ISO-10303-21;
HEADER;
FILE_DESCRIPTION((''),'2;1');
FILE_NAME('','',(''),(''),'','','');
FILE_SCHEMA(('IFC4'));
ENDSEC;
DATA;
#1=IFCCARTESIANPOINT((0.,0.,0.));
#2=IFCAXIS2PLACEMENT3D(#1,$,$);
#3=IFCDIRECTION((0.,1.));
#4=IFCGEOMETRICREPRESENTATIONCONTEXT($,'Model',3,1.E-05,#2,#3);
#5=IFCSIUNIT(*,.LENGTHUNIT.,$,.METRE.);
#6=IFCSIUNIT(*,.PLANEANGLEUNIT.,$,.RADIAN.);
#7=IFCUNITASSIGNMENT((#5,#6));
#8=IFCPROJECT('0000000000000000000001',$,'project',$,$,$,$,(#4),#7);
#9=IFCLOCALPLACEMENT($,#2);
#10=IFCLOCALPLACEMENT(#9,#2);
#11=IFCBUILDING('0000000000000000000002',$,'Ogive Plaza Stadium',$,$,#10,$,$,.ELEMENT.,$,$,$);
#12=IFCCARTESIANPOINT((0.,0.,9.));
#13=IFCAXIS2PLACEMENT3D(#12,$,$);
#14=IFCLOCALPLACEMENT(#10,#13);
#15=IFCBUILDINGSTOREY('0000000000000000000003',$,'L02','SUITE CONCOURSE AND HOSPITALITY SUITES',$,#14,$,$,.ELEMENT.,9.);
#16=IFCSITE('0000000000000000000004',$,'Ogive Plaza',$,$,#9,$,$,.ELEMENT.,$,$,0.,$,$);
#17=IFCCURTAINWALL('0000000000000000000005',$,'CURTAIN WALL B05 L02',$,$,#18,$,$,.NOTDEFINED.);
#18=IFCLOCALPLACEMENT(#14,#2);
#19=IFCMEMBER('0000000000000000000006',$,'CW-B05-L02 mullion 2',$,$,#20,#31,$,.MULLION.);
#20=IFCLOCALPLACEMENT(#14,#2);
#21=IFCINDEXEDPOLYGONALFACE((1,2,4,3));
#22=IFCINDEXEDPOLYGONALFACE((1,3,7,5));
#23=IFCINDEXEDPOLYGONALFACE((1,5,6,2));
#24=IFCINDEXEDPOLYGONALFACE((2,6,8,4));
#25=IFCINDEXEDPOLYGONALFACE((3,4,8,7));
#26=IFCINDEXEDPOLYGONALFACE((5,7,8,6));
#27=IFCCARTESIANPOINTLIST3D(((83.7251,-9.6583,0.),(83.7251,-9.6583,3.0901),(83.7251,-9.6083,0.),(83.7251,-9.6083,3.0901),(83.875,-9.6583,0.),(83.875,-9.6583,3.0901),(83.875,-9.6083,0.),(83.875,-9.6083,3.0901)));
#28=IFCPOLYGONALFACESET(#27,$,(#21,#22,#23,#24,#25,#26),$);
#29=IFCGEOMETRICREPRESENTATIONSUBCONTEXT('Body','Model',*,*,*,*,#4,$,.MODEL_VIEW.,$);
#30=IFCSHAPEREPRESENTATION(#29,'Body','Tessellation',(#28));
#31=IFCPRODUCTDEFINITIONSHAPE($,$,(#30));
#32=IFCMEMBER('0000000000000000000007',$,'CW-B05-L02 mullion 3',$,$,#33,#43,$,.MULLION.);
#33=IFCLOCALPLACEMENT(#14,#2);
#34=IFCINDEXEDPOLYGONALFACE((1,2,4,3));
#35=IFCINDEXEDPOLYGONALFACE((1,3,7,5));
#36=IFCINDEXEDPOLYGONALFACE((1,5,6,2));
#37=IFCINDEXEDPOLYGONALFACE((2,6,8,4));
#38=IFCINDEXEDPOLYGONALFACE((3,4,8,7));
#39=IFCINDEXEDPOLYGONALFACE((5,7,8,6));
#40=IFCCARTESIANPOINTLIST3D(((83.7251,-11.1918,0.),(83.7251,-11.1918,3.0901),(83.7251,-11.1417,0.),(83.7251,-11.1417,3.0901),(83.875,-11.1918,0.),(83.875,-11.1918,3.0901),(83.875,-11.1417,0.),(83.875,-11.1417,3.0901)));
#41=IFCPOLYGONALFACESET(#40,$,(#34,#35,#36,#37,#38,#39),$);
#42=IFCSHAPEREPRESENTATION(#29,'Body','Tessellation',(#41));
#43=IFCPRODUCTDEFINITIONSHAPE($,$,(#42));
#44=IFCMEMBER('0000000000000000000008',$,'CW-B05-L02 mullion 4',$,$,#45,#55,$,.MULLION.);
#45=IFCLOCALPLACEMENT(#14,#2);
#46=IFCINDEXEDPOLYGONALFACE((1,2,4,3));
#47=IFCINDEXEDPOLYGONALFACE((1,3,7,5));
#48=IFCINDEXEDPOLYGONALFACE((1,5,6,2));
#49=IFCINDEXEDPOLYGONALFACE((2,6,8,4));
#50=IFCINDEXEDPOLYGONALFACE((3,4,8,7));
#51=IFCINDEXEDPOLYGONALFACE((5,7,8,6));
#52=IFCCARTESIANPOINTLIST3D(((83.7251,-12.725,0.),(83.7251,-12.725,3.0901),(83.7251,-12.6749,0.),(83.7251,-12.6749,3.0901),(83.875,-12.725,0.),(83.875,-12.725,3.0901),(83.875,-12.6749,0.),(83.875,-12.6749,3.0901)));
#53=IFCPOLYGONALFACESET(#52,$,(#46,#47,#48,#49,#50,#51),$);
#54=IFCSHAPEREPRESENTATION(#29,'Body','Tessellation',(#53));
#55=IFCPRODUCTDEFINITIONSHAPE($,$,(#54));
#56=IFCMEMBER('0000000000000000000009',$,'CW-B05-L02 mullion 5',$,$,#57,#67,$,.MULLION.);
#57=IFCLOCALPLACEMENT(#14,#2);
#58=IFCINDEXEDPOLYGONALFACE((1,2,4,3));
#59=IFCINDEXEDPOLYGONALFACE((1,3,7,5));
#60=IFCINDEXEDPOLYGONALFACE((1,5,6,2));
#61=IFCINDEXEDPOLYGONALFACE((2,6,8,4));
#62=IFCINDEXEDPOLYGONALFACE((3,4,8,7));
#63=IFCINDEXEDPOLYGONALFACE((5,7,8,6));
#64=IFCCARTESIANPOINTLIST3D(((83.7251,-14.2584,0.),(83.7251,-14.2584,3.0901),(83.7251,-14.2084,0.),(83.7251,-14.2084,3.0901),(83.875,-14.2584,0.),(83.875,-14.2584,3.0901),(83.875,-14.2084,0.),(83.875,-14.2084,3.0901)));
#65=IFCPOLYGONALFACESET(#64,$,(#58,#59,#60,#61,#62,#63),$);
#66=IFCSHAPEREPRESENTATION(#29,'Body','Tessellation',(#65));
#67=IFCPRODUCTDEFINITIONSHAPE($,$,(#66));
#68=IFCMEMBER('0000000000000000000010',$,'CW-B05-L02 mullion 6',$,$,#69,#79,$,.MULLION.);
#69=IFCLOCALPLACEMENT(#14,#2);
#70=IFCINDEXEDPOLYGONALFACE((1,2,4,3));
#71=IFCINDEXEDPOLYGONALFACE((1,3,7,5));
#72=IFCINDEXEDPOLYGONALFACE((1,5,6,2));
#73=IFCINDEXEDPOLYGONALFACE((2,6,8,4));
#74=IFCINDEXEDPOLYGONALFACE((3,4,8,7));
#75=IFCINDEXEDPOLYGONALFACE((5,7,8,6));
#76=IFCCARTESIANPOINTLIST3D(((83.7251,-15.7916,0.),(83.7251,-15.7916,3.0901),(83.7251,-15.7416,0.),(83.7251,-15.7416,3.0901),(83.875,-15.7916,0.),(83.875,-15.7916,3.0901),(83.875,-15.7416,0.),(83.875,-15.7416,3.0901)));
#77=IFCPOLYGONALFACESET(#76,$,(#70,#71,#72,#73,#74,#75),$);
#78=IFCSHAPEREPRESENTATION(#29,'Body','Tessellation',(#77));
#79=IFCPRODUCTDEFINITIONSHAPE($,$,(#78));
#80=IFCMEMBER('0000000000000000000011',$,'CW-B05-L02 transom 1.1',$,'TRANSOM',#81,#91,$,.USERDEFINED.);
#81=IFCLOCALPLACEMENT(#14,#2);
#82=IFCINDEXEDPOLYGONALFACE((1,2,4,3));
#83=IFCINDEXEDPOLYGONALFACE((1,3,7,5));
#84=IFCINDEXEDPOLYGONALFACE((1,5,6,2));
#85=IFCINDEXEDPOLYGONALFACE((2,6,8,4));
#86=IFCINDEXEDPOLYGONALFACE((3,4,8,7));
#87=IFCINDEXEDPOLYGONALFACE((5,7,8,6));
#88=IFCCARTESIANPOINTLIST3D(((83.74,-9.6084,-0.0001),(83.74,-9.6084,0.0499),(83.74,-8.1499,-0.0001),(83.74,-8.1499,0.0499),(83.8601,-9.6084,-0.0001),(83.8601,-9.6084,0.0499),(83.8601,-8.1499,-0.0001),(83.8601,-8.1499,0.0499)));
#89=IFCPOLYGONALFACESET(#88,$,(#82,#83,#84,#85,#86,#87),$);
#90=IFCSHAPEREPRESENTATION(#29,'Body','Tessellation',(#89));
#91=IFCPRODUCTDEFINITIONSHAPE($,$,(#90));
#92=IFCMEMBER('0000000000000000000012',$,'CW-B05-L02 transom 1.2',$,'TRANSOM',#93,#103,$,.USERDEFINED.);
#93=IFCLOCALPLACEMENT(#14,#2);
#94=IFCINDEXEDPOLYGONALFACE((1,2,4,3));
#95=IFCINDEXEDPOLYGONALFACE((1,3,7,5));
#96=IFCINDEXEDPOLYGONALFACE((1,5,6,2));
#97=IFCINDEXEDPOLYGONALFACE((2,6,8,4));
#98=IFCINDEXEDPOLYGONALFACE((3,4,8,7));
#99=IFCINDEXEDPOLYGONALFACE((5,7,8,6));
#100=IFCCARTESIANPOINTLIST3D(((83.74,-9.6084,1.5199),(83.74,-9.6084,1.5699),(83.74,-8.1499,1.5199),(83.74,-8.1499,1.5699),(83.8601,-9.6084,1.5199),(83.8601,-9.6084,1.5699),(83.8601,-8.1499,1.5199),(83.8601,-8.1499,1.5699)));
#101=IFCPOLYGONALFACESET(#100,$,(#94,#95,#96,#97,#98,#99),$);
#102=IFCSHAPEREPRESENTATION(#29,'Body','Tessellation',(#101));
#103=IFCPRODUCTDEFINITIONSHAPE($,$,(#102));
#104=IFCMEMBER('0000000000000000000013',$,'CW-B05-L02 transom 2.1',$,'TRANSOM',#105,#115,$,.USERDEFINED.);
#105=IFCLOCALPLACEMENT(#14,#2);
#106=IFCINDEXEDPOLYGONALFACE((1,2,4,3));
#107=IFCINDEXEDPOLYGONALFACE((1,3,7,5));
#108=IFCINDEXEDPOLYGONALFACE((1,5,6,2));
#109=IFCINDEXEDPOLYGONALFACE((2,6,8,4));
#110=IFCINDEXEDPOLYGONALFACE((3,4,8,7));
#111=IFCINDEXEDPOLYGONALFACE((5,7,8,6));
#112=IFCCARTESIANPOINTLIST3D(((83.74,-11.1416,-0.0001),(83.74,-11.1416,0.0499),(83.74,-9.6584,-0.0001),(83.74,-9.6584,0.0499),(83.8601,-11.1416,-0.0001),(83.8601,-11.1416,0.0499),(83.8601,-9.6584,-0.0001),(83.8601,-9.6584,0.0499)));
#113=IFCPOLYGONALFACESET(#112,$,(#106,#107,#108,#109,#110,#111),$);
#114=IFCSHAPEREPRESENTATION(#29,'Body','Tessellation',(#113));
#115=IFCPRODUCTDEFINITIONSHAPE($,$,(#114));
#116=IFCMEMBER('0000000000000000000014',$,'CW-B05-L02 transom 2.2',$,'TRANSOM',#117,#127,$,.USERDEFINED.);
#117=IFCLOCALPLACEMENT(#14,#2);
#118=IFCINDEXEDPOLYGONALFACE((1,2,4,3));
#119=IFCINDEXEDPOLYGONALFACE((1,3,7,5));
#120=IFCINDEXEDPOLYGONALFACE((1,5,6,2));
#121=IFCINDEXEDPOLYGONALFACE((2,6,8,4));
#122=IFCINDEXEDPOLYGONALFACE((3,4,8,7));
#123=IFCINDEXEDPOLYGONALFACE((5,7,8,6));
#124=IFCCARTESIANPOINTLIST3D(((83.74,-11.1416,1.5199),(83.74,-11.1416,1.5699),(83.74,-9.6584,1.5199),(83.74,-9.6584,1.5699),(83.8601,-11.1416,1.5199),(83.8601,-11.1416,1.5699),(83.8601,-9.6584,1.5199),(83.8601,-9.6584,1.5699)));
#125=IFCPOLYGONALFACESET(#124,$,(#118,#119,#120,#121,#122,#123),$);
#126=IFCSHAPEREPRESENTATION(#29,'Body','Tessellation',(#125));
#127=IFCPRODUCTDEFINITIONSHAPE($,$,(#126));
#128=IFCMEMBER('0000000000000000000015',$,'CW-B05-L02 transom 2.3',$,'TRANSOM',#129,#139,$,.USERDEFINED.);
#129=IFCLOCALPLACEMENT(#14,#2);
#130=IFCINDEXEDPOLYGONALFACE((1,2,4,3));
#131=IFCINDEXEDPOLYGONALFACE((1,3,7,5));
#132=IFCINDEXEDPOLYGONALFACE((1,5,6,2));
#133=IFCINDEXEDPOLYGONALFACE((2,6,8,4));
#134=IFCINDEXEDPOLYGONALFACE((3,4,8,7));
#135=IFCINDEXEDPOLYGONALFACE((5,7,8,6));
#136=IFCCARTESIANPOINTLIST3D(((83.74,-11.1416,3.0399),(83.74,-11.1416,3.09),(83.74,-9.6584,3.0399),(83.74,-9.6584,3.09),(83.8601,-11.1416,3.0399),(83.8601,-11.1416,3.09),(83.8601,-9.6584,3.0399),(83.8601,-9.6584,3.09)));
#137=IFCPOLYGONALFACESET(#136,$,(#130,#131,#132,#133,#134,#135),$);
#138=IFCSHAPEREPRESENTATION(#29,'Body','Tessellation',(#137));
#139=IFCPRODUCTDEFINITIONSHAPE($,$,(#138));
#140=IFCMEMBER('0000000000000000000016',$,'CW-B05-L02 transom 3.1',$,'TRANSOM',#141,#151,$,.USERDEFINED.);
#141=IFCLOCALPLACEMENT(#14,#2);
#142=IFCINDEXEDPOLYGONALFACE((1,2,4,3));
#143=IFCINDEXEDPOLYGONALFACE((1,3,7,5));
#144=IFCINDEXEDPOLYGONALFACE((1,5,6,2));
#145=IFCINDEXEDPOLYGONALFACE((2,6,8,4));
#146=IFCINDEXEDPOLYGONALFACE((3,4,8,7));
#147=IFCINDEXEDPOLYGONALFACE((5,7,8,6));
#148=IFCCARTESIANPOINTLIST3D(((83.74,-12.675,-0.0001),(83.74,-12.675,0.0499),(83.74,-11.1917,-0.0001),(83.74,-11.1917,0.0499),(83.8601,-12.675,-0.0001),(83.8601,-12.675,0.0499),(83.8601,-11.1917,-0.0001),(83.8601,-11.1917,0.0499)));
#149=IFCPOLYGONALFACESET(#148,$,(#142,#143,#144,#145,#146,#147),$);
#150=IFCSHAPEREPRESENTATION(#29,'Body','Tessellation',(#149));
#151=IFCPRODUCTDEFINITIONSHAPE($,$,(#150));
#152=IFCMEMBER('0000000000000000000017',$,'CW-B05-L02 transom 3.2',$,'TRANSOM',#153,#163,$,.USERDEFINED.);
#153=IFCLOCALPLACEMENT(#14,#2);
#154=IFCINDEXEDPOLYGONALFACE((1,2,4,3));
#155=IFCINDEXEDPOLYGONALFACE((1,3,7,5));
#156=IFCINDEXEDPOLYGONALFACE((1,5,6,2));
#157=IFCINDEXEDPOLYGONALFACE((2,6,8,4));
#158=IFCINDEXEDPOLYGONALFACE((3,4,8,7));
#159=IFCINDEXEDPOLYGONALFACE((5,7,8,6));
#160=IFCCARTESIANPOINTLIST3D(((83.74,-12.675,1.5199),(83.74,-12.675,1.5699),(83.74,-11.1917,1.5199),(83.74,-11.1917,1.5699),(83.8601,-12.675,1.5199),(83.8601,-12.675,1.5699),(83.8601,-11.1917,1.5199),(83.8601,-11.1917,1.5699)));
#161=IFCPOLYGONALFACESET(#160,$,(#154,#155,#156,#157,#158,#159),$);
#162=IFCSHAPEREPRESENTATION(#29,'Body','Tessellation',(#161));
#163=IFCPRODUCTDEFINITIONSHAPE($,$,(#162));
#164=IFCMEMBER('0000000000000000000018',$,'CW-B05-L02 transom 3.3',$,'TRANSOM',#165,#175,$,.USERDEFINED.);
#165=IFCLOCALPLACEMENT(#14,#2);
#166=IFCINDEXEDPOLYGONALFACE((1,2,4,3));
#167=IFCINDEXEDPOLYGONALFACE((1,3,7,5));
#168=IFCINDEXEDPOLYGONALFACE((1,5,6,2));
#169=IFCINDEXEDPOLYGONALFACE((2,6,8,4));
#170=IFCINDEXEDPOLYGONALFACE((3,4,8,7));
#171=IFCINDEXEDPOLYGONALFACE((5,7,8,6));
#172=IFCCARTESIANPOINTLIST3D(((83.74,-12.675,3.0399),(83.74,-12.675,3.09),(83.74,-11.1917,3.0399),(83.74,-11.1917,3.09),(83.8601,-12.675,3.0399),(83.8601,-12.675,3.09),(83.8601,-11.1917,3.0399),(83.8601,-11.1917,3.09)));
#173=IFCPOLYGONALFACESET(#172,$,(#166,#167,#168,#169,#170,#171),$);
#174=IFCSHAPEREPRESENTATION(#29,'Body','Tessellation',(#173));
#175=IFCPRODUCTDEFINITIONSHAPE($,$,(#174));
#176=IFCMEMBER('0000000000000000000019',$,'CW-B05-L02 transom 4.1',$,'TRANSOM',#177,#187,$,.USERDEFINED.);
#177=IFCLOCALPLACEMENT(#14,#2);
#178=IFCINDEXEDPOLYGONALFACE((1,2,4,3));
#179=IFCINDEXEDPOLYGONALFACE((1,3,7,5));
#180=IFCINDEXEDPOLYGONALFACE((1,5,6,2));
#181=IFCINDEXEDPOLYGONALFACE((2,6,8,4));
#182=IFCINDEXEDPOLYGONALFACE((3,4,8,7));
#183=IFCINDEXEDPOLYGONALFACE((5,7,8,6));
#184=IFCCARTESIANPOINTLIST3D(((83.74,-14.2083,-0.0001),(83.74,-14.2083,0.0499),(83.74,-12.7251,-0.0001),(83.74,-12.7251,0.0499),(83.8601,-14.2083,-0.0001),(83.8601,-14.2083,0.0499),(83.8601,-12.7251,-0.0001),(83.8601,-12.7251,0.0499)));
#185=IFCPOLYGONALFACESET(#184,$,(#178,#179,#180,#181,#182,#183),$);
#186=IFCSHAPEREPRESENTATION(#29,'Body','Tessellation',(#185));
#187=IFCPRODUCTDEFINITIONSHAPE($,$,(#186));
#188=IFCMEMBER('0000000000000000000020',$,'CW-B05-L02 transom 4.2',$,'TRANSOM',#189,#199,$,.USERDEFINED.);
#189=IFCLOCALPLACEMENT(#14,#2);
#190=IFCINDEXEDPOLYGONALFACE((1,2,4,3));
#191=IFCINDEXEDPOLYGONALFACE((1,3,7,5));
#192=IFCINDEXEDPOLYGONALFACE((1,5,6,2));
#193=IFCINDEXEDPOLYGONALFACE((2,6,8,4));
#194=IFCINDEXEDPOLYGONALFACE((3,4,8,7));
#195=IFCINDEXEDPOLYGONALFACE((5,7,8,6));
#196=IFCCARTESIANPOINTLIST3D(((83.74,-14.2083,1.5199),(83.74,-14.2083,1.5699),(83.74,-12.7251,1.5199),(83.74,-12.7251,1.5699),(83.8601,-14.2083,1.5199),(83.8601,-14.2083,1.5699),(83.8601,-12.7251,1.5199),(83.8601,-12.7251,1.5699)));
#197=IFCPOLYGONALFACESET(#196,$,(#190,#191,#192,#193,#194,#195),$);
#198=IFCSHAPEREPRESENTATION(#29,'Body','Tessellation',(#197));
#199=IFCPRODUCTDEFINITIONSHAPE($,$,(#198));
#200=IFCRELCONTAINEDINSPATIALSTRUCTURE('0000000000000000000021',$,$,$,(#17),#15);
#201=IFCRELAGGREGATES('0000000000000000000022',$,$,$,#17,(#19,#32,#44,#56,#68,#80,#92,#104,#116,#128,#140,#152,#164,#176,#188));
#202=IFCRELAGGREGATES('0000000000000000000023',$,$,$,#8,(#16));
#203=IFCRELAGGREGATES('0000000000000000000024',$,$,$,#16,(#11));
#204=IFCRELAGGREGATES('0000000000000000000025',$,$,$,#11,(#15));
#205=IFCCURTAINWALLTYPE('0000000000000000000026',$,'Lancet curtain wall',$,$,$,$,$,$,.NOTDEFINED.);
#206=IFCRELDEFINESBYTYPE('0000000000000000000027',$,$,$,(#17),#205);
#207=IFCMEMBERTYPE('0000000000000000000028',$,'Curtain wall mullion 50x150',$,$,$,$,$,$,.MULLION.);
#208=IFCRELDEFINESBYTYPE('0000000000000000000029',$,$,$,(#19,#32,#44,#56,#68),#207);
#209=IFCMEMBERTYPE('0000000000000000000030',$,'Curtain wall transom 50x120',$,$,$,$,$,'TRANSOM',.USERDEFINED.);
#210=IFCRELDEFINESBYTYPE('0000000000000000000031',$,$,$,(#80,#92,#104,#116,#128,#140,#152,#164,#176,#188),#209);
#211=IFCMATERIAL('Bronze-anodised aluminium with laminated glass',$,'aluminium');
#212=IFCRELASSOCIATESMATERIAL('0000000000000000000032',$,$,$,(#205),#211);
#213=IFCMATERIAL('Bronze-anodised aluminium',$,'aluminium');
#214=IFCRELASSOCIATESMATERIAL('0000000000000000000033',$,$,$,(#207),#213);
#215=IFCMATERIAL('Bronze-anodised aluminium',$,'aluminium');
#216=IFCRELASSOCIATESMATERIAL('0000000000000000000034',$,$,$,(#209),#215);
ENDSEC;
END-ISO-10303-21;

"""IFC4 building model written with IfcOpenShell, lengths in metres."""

from ifc_helpers import new_model, si_unit, direction, frame, origin, origin_2d, place, context, subcontext, project, spatial, rectangle, extrude, material, material_profile, profile_set, type_object, element, aggregate, save


model = new_model("IFC4")

# Units and contexts
model_context = context("Model", 3, precision=1e-05, world=origin(), true_north=direction((0.0, 1.0)))
body_context = subcontext(model_context, "Body", "Model", "MODEL_VIEW")
ifc_project = project(units=[si_unit("LENGTHUNIT", "METRE"), si_unit("PLANEANGLEUNIT", "RADIAN")], contexts=[model_context])

# Site, building, storey
site_placement = place(None, origin())
site = spatial("IfcSite", under=ifc_project, at=site_placement, Name="Ogive Plaza", CompositionType="ELEMENT", RefElevation=0.0)
building_placement = place(site_placement, origin())
building = spatial("IfcBuilding", under=site, at=building_placement, Name="Ogive Plaza Stadium", CompositionType="ELEMENT")
storey_placement = place(building_placement, frame((0.0, 0.0, 9.0)))
storey = spatial("IfcBuildingStorey", under=building, at=storey_placement, Name="L02", Description="SUITE CONCOURSE AND HOSPITALITY SUITES", CompositionType="ELEMENT", Elevation=9.0)

# Curtain wall, members
ifc_material_1 = material(Name="Bronze-anodised aluminium with laminated glass", Category="aluminium")
curtain_wall_type = type_object("IfcCurtainWallType", Name="Lancet curtain wall", PredefinedType="NOTDEFINED", material=ifc_material_1)
curtain_wall_placement = place(storey_placement, origin())
curtain_wall = element("IfcCurtainWall", 1, at=curtain_wall_placement, inside=storey, type_object=curtain_wall_type, Name="CURTAIN WALL B05 L02", PredefinedType="NOTDEFINED")
ifc_material_2 = material(Name="Bronze-anodised aluminium", Category="aluminium")
ifc_material_profile_1 = material_profile(ifc_material_2, rectangle(XDim=0.1499, YDim=0.05, at=origin_2d()), Name="AL 150x50")
ifc_profile_set_1 = profile_set([ifc_material_profile_1], Name="Bronze-anodised aluminium")
member_type_1 = type_object("IfcMemberType", Name="Curtain wall mullion 50x150", PredefinedType="MULLION", material=ifc_profile_set_1)
member_1_placement = place(storey_placement, frame((83.8, -9.6333, 0.0), z_axis=(0.0, 0.0, 1.0), x_axis=(1.0, 0.0, 0.0)))
member_1 = element("IfcMember", 2, at=member_1_placement, type_object=member_type_1, Name="CW-B05-L02 mullion 2", PredefinedType="MULLION", context=body_context, shape_type="SweptSolid", body=[
    extrude(rectangle(XDim=0.1499, YDim=0.05, at=origin_2d()), origin(), (0.0, 0.0, 1.0), 3.0901),
])
member_2_placement = place(storey_placement, frame((83.8, -11.1667, 0.0), z_axis=(0.0, 0.0, 1.0), x_axis=(1.0, 0.0, 0.0)))
member_2 = element("IfcMember", 3, at=member_2_placement, type_object=member_type_1, Name="CW-B05-L02 mullion 3", PredefinedType="MULLION", context=body_context, shape_type="SweptSolid", body=[
    extrude(rectangle(XDim=0.1499, YDim=0.05, at=origin_2d()), origin(), (0.0, 0.0, 1.0), 3.0901),
])
member_3_placement = place(storey_placement, frame((83.8, -12.7, 0.0), z_axis=(0.0, 0.0, 1.0), x_axis=(1.0, 0.0, 0.0)))
member_3 = element("IfcMember", 4, at=member_3_placement, type_object=member_type_1, Name="CW-B05-L02 mullion 4", PredefinedType="MULLION", context=body_context, shape_type="SweptSolid", body=[
    extrude(rectangle(XDim=0.1499, YDim=0.05, at=origin_2d()), origin(), (0.0, 0.0, 1.0), 3.0901),
])
member_4_placement = place(storey_placement, frame((83.8, -14.2334, 0.0), z_axis=(0.0, 0.0, 1.0), x_axis=(1.0, 0.0, 0.0)))
member_4 = element("IfcMember", 5, at=member_4_placement, type_object=member_type_1, Name="CW-B05-L02 mullion 5", PredefinedType="MULLION", context=body_context, shape_type="SweptSolid", body=[
    extrude(rectangle(XDim=0.1499, YDim=0.05, at=origin_2d()), origin(), (0.0, 0.0, 1.0), 3.0901),
])
member_5_placement = place(storey_placement, frame((83.8, -15.7666, 0.0), z_axis=(0.0, 0.0, 1.0), x_axis=(1.0, 0.0, 0.0)))
member_5 = element("IfcMember", 6, at=member_5_placement, type_object=member_type_1, Name="CW-B05-L02 mullion 6", PredefinedType="MULLION", context=body_context, shape_type="SweptSolid", body=[
    extrude(rectangle(XDim=0.1499, YDim=0.05, at=origin_2d()), origin(), (0.0, 0.0, 1.0), 3.0901),
])
ifc_material_3 = material(Name="Bronze-anodised aluminium", Category="aluminium")
ifc_material_profile_2 = material_profile(ifc_material_3, rectangle(XDim=0.1201, YDim=0.05, at=origin_2d()), Name="AL 120x50")
ifc_profile_set_2 = profile_set([ifc_material_profile_2], Name="Bronze-anodised aluminium")
member_type_2 = type_object("IfcMemberType", Name="Curtain wall transom 50x120", ElementType="TRANSOM", PredefinedType="USERDEFINED", material=ifc_profile_set_2)
member_6_placement = place(storey_placement, frame((83.8, -8.1499, 0.0249), z_axis=(0.0, -1.0, 0.0), x_axis=(1.0, 0.0, 0.0)))
member_6 = element("IfcMember", 7, at=member_6_placement, type_object=member_type_2, Name="CW-B05-L02 transom 1.1", ObjectType="TRANSOM", PredefinedType="USERDEFINED", context=body_context, shape_type="SweptSolid", body=[
    extrude(rectangle(XDim=0.1201, YDim=0.05, at=origin_2d()), origin(), (0.0, 0.0, 1.0), 1.4585),
])
member_7_placement = place(storey_placement, frame((83.8, -8.1499, 1.5449), z_axis=(0.0, -1.0, 0.0), x_axis=(1.0, 0.0, 0.0)))
member_7 = element("IfcMember", 8, at=member_7_placement, type_object=member_type_2, Name="CW-B05-L02 transom 1.2", ObjectType="TRANSOM", PredefinedType="USERDEFINED", context=body_context, shape_type="SweptSolid", body=[
    extrude(rectangle(XDim=0.1201, YDim=0.05, at=origin_2d()), origin(), (0.0, 0.0, 1.0), 1.4585),
])
member_8_placement = place(storey_placement, frame((83.8, -9.6584, 0.0249), z_axis=(0.0, -1.0, 0.0), x_axis=(1.0, 0.0, 0.0)))
member_8 = element("IfcMember", 9, at=member_8_placement, type_object=member_type_2, Name="CW-B05-L02 transom 2.1", ObjectType="TRANSOM", PredefinedType="USERDEFINED", context=body_context, shape_type="SweptSolid", body=[
    extrude(rectangle(XDim=0.1201, YDim=0.05, at=origin_2d()), origin(), (0.0, 0.0, 1.0), 1.4832),
])
member_9_placement = place(storey_placement, frame((83.8, -9.6584, 1.5449), z_axis=(0.0, -1.0, 0.0), x_axis=(1.0, 0.0, 0.0)))
member_9 = element("IfcMember", 10, at=member_9_placement, type_object=member_type_2, Name="CW-B05-L02 transom 2.2", ObjectType="TRANSOM", PredefinedType="USERDEFINED", context=body_context, shape_type="SweptSolid", body=[
    extrude(rectangle(XDim=0.1201, YDim=0.05, at=origin_2d()), origin(), (0.0, 0.0, 1.0), 1.4832),
])
member_10_placement = place(storey_placement, frame((83.8, -9.6584, 3.0649), z_axis=(0.0, -1.0, 0.0), x_axis=(1.0, 0.0, 0.0)))
member_10 = element("IfcMember", 11, at=member_10_placement, type_object=member_type_2, Name="CW-B05-L02 transom 2.3", ObjectType="TRANSOM", PredefinedType="USERDEFINED", context=body_context, shape_type="SweptSolid", body=[
    extrude(rectangle(XDim=0.1201, YDim=0.05, at=origin_2d()), origin(), (0.0, 0.0, 1.0), 1.4832),
])
member_11_placement = place(storey_placement, frame((83.8, -11.1917, 0.0249), z_axis=(0.0, -1.0, 0.0), x_axis=(1.0, 0.0, 0.0)))
member_11 = element("IfcMember", 12, at=member_11_placement, type_object=member_type_2, Name="CW-B05-L02 transom 3.1", ObjectType="TRANSOM", PredefinedType="USERDEFINED", context=body_context, shape_type="SweptSolid", body=[
    extrude(rectangle(XDim=0.1201, YDim=0.05, at=origin_2d()), origin(), (0.0, 0.0, 1.0), 1.4834),
])
member_12_placement = place(storey_placement, frame((83.8, -11.1917, 1.5449), z_axis=(0.0, -1.0, 0.0), x_axis=(1.0, 0.0, 0.0)))
member_12 = element("IfcMember", 13, at=member_12_placement, type_object=member_type_2, Name="CW-B05-L02 transom 3.2", ObjectType="TRANSOM", PredefinedType="USERDEFINED", context=body_context, shape_type="SweptSolid", body=[
    extrude(rectangle(XDim=0.1201, YDim=0.05, at=origin_2d()), origin(), (0.0, 0.0, 1.0), 1.4834),
])
member_13_placement = place(storey_placement, frame((83.8, -11.1917, 3.0649), z_axis=(0.0, -1.0, 0.0), x_axis=(1.0, 0.0, 0.0)))
member_13 = element("IfcMember", 14, at=member_13_placement, type_object=member_type_2, Name="CW-B05-L02 transom 3.3", ObjectType="TRANSOM", PredefinedType="USERDEFINED", context=body_context, shape_type="SweptSolid", body=[
    extrude(rectangle(XDim=0.1201, YDim=0.05, at=origin_2d()), origin(), (0.0, 0.0, 1.0), 1.4834),
])
member_14_placement = place(storey_placement, frame((83.8, -12.7251, 0.0249), z_axis=(0.0, -1.0, 0.0), x_axis=(1.0, 0.0, 0.0)))
member_14 = element("IfcMember", 15, at=member_14_placement, type_object=member_type_2, Name="CW-B05-L02 transom 4.1", ObjectType="TRANSOM", PredefinedType="USERDEFINED", context=body_context, shape_type="SweptSolid", body=[
    extrude(rectangle(XDim=0.1201, YDim=0.05, at=origin_2d()), origin(), (0.0, 0.0, 1.0), 1.4832),
])
member_15_placement = place(storey_placement, frame((83.8, -12.7251, 1.5449), z_axis=(0.0, -1.0, 0.0), x_axis=(1.0, 0.0, 0.0)))
member_15 = element("IfcMember", 16, at=member_15_placement, type_object=member_type_2, Name="CW-B05-L02 transom 4.2", ObjectType="TRANSOM", PredefinedType="USERDEFINED", context=body_context, shape_type="SweptSolid", body=[
    extrude(rectangle(XDim=0.1201, YDim=0.05, at=origin_2d()), origin(), (0.0, 0.0, 1.0), 1.4832),
])
aggregate(curtain_wall, [member_1, member_2, member_3, member_4, member_5, member_6, member_7, member_8, member_9, member_10, member_11, member_12, member_13, member_14, member_15])

save(model, "model.ifc")
